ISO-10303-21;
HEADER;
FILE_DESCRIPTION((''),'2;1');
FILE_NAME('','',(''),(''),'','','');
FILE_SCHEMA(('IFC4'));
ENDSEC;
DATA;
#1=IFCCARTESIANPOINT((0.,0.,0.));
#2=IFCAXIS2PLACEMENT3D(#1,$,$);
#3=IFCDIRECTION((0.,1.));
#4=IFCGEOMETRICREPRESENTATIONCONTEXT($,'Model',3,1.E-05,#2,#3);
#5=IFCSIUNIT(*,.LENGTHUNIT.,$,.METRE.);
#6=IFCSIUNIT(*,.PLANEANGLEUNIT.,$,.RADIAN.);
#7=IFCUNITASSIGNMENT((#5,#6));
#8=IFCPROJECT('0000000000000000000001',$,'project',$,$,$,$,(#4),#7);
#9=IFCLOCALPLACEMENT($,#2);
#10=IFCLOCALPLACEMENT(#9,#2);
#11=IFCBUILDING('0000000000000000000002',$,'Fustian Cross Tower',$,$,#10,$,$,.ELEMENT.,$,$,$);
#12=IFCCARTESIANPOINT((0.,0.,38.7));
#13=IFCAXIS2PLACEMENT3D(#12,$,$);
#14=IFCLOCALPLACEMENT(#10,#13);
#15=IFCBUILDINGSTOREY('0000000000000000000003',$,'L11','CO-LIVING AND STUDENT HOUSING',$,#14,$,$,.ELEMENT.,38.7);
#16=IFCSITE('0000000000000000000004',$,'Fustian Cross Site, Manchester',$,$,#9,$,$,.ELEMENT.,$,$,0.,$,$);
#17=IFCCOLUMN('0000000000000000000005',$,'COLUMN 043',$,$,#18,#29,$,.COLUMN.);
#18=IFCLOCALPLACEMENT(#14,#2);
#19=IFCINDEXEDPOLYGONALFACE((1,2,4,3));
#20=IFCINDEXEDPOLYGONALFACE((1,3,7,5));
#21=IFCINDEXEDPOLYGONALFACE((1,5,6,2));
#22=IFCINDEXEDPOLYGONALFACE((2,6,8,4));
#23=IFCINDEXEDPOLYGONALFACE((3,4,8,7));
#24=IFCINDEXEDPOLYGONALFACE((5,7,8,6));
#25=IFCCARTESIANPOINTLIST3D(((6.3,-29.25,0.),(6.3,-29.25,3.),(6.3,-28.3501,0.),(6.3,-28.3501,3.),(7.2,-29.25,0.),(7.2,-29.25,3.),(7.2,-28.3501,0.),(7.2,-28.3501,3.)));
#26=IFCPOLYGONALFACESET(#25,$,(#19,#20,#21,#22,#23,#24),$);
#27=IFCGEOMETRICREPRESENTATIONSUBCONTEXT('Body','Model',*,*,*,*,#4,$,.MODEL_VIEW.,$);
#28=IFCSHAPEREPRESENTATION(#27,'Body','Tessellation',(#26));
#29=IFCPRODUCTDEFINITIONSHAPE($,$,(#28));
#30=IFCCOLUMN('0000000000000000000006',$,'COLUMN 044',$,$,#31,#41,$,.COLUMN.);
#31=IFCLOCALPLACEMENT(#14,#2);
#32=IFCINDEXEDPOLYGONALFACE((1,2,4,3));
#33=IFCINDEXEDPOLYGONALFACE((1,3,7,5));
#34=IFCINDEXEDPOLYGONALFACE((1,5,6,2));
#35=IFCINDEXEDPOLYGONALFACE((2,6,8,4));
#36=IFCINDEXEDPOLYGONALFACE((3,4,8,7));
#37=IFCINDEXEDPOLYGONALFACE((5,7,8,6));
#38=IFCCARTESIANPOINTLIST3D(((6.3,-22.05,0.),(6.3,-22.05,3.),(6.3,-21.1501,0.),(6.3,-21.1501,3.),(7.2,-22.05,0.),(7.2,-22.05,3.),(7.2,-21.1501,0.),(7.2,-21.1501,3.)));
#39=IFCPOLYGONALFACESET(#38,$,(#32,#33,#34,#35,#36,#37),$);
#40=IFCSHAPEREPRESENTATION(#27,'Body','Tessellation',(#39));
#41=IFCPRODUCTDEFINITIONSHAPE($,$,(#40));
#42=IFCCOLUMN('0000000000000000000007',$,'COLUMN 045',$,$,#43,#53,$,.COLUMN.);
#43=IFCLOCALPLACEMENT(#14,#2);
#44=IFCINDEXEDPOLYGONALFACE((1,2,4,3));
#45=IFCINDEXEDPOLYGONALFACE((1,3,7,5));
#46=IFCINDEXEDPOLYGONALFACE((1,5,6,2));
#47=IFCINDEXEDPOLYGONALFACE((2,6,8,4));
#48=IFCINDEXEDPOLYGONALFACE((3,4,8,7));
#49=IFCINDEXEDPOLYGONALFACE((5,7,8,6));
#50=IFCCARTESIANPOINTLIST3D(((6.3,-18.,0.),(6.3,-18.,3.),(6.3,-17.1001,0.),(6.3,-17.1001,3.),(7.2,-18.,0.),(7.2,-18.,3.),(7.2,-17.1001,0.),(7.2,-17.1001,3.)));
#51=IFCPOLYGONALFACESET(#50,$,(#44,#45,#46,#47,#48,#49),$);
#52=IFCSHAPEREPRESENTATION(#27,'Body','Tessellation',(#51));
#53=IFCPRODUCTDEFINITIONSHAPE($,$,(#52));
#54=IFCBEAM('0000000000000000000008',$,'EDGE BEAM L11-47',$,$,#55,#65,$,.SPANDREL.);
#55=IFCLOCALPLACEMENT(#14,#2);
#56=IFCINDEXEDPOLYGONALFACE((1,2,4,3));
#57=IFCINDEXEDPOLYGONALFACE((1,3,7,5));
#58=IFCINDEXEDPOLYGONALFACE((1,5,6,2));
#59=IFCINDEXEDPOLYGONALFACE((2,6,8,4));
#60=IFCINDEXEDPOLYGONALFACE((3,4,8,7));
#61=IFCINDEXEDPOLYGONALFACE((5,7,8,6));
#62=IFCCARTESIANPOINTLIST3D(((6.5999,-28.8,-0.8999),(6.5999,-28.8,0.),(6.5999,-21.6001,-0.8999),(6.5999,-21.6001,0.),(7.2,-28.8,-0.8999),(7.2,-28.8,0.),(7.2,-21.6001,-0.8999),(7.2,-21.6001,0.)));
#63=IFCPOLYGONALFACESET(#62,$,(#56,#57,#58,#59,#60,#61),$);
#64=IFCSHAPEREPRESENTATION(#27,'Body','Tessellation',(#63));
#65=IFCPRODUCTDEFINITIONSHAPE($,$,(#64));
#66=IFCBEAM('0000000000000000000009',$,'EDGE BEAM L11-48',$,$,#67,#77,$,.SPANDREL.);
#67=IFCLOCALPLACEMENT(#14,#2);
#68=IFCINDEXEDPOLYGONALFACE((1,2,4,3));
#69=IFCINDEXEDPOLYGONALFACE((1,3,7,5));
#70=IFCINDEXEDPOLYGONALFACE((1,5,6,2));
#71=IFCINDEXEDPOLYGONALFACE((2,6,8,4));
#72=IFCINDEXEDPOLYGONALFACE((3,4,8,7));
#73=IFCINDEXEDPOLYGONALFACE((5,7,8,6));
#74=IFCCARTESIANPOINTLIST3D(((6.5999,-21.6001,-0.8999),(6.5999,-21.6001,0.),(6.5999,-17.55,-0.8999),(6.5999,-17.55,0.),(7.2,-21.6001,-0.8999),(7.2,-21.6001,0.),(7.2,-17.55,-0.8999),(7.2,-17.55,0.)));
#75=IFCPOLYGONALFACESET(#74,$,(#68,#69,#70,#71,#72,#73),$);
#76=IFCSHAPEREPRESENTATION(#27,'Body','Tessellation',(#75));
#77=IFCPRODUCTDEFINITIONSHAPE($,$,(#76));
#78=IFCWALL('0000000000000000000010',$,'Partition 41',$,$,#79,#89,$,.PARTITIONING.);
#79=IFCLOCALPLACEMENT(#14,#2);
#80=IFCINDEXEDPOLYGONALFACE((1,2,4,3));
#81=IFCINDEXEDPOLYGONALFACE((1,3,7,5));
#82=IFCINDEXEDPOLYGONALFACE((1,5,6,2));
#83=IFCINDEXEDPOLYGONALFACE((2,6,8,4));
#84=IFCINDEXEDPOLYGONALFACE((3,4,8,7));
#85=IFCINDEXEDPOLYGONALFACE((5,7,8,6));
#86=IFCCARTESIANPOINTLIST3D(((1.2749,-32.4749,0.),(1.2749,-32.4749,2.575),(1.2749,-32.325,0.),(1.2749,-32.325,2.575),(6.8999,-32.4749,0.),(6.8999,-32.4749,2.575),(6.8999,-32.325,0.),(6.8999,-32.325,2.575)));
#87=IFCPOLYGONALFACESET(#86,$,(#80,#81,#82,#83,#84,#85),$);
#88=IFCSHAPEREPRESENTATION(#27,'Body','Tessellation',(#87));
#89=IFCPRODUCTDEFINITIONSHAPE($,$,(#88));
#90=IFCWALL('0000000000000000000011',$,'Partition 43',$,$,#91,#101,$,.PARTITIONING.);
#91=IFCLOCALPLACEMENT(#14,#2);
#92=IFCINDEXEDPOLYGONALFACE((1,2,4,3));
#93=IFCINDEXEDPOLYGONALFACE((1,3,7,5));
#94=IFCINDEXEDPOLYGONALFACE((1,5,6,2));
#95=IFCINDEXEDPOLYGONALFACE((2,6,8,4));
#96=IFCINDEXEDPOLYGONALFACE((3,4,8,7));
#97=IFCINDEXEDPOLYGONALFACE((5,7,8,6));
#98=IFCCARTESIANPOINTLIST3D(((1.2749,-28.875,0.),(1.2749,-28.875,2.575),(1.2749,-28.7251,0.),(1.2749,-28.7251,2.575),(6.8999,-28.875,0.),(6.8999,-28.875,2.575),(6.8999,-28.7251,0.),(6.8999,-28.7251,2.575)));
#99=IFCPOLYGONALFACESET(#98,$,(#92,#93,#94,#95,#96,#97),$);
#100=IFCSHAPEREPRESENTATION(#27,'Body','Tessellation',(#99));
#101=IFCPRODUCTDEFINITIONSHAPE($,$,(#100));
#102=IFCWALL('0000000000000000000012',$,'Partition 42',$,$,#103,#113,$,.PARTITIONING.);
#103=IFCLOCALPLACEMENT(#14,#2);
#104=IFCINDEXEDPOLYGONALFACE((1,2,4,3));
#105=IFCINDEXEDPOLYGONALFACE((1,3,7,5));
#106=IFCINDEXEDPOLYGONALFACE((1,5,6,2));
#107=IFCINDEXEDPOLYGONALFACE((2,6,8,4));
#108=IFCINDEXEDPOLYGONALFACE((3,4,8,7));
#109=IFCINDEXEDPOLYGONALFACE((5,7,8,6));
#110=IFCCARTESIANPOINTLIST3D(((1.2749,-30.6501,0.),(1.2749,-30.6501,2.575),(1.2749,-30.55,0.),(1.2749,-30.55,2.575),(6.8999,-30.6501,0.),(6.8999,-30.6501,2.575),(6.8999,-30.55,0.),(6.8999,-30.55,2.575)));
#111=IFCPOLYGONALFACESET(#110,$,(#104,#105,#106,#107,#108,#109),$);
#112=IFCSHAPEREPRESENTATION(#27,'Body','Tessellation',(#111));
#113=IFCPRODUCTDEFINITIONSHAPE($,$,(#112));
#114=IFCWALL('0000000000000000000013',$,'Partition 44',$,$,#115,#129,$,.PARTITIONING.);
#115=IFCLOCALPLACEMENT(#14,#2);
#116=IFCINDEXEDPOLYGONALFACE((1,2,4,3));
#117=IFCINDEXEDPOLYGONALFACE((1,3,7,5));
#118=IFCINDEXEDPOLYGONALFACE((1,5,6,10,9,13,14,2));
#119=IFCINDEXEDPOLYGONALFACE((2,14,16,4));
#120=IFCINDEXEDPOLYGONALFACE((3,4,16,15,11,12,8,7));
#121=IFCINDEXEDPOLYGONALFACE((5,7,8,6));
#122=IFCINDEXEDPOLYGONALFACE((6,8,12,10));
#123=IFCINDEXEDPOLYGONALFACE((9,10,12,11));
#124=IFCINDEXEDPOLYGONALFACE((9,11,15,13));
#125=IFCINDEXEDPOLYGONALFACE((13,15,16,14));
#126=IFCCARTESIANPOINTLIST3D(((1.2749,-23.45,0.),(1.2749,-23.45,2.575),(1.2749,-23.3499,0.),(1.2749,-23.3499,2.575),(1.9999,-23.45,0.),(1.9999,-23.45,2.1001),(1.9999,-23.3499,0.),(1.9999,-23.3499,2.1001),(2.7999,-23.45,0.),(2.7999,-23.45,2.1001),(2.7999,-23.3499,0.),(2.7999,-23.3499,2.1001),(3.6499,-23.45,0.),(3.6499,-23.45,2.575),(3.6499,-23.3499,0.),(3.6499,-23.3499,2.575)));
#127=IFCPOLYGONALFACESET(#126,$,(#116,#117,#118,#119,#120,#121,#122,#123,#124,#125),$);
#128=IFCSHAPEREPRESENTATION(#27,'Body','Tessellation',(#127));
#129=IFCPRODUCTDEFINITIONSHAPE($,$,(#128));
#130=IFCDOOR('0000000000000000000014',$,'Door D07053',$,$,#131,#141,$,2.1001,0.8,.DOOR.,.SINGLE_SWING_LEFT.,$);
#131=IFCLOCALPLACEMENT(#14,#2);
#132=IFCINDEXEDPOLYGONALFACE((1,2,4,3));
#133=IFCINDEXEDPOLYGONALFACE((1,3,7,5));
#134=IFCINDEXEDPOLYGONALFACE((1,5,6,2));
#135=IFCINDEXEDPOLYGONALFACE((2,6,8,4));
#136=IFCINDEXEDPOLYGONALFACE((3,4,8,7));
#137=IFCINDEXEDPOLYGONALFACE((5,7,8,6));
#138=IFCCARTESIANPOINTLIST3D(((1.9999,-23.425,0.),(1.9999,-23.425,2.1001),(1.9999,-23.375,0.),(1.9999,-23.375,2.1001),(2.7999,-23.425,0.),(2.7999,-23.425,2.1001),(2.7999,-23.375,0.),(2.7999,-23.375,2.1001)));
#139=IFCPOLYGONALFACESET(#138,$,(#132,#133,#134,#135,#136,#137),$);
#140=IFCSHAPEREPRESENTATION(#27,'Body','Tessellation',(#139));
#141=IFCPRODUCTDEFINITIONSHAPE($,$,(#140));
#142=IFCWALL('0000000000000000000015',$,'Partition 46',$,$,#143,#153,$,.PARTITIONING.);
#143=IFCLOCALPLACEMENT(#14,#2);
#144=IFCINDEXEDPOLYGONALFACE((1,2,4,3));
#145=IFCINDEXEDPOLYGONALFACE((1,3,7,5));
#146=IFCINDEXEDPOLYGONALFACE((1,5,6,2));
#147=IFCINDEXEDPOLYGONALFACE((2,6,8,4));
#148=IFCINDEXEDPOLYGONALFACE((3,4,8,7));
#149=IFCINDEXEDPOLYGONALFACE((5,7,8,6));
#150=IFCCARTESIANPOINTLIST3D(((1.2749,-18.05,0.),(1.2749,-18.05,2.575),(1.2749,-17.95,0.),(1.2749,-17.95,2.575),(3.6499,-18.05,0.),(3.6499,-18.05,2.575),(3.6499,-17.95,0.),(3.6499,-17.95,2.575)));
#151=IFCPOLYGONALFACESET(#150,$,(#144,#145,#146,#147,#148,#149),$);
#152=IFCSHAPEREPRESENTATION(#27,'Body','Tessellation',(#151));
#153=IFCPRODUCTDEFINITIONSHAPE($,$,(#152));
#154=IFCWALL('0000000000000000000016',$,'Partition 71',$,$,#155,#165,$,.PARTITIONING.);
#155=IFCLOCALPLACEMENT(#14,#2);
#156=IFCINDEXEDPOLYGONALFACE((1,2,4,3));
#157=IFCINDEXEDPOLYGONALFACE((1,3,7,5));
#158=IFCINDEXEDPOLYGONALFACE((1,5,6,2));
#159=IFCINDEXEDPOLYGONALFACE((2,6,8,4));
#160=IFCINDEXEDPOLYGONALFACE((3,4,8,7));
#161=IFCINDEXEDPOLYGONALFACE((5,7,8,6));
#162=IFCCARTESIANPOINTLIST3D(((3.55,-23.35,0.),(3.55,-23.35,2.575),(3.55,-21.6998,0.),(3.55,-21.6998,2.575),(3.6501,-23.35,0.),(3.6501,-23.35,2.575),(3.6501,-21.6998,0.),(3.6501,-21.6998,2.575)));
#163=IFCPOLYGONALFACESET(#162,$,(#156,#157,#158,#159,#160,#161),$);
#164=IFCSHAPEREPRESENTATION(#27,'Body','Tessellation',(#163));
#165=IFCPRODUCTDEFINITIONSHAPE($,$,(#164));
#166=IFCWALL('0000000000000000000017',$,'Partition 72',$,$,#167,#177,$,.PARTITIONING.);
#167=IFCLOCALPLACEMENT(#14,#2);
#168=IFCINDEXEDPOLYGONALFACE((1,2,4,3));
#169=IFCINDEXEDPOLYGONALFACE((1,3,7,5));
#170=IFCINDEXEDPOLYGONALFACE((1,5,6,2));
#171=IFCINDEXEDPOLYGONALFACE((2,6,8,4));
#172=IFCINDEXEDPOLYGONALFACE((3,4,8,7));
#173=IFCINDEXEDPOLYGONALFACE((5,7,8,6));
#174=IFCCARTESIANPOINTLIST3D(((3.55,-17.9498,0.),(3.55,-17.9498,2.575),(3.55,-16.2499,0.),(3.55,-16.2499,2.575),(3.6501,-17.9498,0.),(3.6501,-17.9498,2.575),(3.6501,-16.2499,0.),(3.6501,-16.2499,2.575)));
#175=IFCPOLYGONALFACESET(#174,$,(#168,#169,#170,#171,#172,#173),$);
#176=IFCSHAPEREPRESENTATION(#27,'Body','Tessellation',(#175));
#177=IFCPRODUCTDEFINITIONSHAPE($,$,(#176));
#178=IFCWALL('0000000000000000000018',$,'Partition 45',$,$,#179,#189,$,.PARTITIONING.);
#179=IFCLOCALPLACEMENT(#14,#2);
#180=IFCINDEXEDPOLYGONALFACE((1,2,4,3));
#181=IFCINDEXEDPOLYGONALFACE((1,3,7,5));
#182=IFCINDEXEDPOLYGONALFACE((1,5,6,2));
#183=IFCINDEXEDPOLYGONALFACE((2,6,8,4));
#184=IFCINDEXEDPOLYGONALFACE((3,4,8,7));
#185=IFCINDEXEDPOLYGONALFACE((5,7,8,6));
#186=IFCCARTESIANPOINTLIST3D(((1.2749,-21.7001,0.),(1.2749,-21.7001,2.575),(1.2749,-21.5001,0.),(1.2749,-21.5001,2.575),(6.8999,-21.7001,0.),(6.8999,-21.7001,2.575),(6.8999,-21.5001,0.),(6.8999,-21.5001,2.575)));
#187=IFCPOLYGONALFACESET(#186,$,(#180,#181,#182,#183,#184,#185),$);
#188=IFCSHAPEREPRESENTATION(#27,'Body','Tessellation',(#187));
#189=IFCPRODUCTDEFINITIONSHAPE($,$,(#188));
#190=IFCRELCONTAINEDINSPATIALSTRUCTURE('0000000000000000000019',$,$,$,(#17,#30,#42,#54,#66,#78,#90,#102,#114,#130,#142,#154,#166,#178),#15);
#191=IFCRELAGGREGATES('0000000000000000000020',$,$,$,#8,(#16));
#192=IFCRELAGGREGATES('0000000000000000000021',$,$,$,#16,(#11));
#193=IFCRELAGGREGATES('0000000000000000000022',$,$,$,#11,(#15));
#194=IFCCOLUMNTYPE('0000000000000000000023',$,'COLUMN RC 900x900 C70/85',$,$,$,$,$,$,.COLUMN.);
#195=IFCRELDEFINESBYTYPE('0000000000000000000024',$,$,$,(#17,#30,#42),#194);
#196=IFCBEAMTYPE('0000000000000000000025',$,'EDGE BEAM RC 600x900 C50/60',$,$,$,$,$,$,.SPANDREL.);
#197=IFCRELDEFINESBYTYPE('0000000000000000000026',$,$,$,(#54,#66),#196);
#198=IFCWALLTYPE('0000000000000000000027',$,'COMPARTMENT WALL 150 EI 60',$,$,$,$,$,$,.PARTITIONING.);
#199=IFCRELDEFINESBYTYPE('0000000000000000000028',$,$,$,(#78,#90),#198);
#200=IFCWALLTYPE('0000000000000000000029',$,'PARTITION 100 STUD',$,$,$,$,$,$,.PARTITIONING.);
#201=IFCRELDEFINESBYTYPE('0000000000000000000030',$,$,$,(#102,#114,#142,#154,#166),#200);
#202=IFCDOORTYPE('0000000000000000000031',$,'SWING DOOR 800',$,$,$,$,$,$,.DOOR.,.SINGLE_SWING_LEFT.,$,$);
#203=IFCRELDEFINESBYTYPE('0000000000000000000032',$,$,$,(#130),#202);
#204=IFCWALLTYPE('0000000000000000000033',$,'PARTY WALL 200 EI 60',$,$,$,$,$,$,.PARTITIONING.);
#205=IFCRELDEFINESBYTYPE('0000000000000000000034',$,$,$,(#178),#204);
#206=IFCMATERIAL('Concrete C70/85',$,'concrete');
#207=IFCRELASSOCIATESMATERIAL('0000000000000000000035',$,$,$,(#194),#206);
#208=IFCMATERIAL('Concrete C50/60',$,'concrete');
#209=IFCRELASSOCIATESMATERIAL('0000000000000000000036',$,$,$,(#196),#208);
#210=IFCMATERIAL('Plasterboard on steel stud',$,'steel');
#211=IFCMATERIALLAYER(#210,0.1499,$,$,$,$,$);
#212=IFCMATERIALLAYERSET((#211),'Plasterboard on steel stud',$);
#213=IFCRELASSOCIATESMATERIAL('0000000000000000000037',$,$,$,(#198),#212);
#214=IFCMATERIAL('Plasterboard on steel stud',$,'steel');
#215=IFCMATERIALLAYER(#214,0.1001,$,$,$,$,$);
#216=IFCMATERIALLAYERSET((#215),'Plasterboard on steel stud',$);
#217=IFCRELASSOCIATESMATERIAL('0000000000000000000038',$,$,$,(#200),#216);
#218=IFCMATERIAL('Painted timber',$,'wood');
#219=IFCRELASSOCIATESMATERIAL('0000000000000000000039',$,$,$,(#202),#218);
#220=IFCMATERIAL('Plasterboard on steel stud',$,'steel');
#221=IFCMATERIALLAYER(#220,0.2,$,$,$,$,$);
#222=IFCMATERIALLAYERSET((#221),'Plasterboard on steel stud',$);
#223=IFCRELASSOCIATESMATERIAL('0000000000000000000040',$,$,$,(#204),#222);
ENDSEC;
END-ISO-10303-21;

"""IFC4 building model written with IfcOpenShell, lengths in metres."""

from ifc_helpers import new_model, si_unit, direction, frame, frame_2d, origin, origin_2d, place, context, subcontext, project, spatial, rectangle, extrude, material, layer, layer_set, material_profile, profile_set, type_object, element, fill, save


model = new_model("IFC4")

# Units and contexts
model_context = context("Model", 3, precision=1e-05, world=origin(), true_north=direction((0.0, 1.0)))
body_context = subcontext(model_context, "Body", "Model", "MODEL_VIEW")
ifc_project = project(units=[si_unit("LENGTHUNIT", "METRE"), si_unit("PLANEANGLEUNIT", "RADIAN")], contexts=[model_context])

# Site, building, storey
site_placement = place(None, origin())
site = spatial("IfcSite", under=ifc_project, at=site_placement, Name="Fustian Cross Site, Manchester", CompositionType="ELEMENT", RefElevation=0.0)
building_placement = place(site_placement, origin())
building = spatial("IfcBuilding", under=site, at=building_placement, Name="Fustian Cross Tower", CompositionType="ELEMENT")
storey_placement = place(building_placement, frame((0.0, 0.0, 38.7)))
storey = spatial("IfcBuildingStorey", under=building, at=storey_placement, Name="L11", Description="CO-LIVING AND STUDENT HOUSING", CompositionType="ELEMENT", Elevation=38.7)

# Columns
ifc_material_1 = material(Name="Concrete C70/85", Category="concrete")
ifc_material_profile_1 = material_profile(ifc_material_1, rectangle(XDim=0.8999, YDim=0.8999, at=origin_2d()), Name="RC 900x900")
ifc_profile_set_1 = profile_set([ifc_material_profile_1], Name="Concrete C70/85")
column_type = type_object("IfcColumnType", Name="COLUMN RC 900x900 C70/85", PredefinedType="COLUMN", material=ifc_profile_set_1)
for number, where, z_axis, x_axis, name in (
    (1, (6.75, -28.8, 0.0), (0.0, 0.0, 1.0), (1.0, 0.0, 0.0), "COLUMN 043"),
    (2, (6.75, -21.6001, 0.0), (0.0, 0.0, 1.0), (1.0, 0.0, 0.0), "COLUMN 044"),
    (3, (6.75, -17.55, 0.0), (0.0, 0.0, 1.0), (1.0, 0.0, 0.0), "COLUMN 045"),
):
    element("IfcColumn", number, at=place(storey_placement, frame(where, z_axis=z_axis, x_axis=x_axis)), inside=storey, type_object=column_type, Name=name, PredefinedType="COLUMN", context=body_context, shape_type="SweptSolid", body=[
        extrude(rectangle(XDim=0.8999, YDim=0.8999, at=origin_2d()), origin(), (0.0, 0.0, 1.0), 3.0),
    ])

# Beams
ifc_material_2 = material(Name="Concrete C50/60", Category="concrete")
ifc_material_profile_2 = material_profile(ifc_material_2, rectangle(XDim=0.6001, YDim=0.8999, at=origin_2d()), Name="RC 600x900")
ifc_profile_set_2 = profile_set([ifc_material_profile_2], Name="Concrete C50/60")
beam_type = type_object("IfcBeamType", Name="EDGE BEAM RC 600x900 C50/60", PredefinedType="SPANDREL", material=ifc_profile_set_2)
beam_1_placement = place(storey_placement, frame((6.8999, -28.8, -0.45), z_axis=(0.0, 1.0, 0.0), x_axis=(-1.0, 0.0, 0.0)))
element("IfcBeam", 4, at=beam_1_placement, inside=storey, type_object=beam_type, Name="EDGE BEAM L11-47", PredefinedType="SPANDREL", context=body_context, shape_type="SweptSolid", body=[
    extrude(rectangle(XDim=0.6001, YDim=0.8999, at=origin_2d()), origin(), (0.0, 0.0, 1.0), 7.2),
])
beam_2_placement = place(storey_placement, frame((6.8999, -21.6001, -0.45), z_axis=(0.0, 1.0, 0.0), x_axis=(-1.0, 0.0, 0.0)))
element("IfcBeam", 5, at=beam_2_placement, inside=storey, type_object=beam_type, Name="EDGE BEAM L11-48", PredefinedType="SPANDREL", context=body_context, shape_type="SweptSolid", body=[
    extrude(rectangle(XDim=0.6001, YDim=0.8999, at=origin_2d()), origin(), (0.0, 0.0, 1.0), 4.05),
])

# Walls
ifc_material_3 = material(Name="Plasterboard on steel stud", Category="steel")
ifc_layer_1 = layer(ifc_material_3, 0.1499)
ifc_layer_set_1 = layer_set([ifc_layer_1], Name="Plasterboard on steel stud")
wall_type_1 = type_object("IfcWallType", Name="COMPARTMENT WALL 150 EI 60", PredefinedType="PARTITIONING", material=ifc_layer_set_1)
for number, where, z_axis, x_axis, name in (
    (6, (1.2749, -32.3999, 0.0), (0.0, 0.0, 1.0), (1.0, 0.0, 0.0), "Partition 41"),
    (7, (1.2749, -28.8, 0.0), (0.0, 0.0, 1.0), (1.0, 0.0, 0.0), "Partition 43"),
):
    element("IfcWall", number, at=place(storey_placement, frame(where, z_axis=z_axis, x_axis=x_axis)), inside=storey, type_object=wall_type_1, Name=name, PredefinedType="PARTITIONING", context=body_context, shape_type="SweptSolid", body=[
        extrude(rectangle(XDim=5.625, YDim=0.1499, at=frame_2d((2.8125, 0.0))), origin(), (0.0, 0.0, 1.0), 2.575),
    ])
ifc_material_4 = material(Name="Plasterboard on steel stud", Category="steel")
ifc_layer_2 = layer(ifc_material_4, 0.1001)
ifc_layer_set_2 = layer_set([ifc_layer_2], Name="Plasterboard on steel stud")
wall_type_2 = type_object("IfcWallType", Name="PARTITION 100 STUD", PredefinedType="PARTITIONING", material=ifc_layer_set_2)
wall_1_placement = place(storey_placement, frame((1.2749, -30.6001, 0.0), z_axis=(0.0, 0.0, 1.0), x_axis=(1.0, 0.0, 0.0)))
element("IfcWall", 8, at=wall_1_placement, inside=storey, type_object=wall_type_2, Name="Partition 42", PredefinedType="PARTITIONING", context=body_context, shape_type="SweptSolid", body=[
    extrude(rectangle(XDim=5.625, YDim=0.1001, at=frame_2d((2.8125, 0.0))), origin(), (0.0, 0.0, 1.0), 2.575),
])

# Wall, opening, door
wall_2_placement = place(storey_placement, frame((1.2749, -23.3999, 0.0), z_axis=(0.0, 0.0, 1.0), x_axis=(1.0, 0.0, 0.0)))
wall_2 = element("IfcWall", 9, at=wall_2_placement, inside=storey, type_object=wall_type_2, Name="Partition 44", PredefinedType="PARTITIONING", context=body_context, shape_type="SweptSolid", body=[
    extrude(rectangle(XDim=2.375, YDim=0.1001, at=frame_2d((1.1875, 0.0))), origin(), (0.0, 0.0, 1.0), 2.575),
])
opening_placement = place(wall_2_placement, frame((0.7251, 0.0, 0.0)))
opening = element("IfcOpeningElement", 10, at=opening_placement, cuts=wall_2, PredefinedType="OPENING", context=body_context, shape_type="SweptSolid", body=[
    extrude(rectangle(XDim=0.8, YDim=2.1001, at=frame_2d((0.3999, 1.05))), frame((0.0, 0.0601, 0.0), z_axis=(0.0, -1.0, 0.0), x_axis=(1.0, 0.0, 0.0)), (0.0, 0.0, 1.0), 0.1201),
])
ifc_material_5 = material(Name="Painted timber", Category="wood")
door_type = type_object("IfcDoorType", Name="SWING DOOR 800", OperationType="SINGLE_SWING_LEFT", PredefinedType="DOOR", material=ifc_material_5)
door_placement = place(opening_placement, origin())
door = element("IfcDoor", 11, at=door_placement, inside=storey, type_object=door_type, Name="Door D07053", OperationType="SINGLE_SWING_LEFT", OverallHeight=2.1001, OverallWidth=0.8, PredefinedType="DOOR", context=body_context, shape_type="SweptSolid", body=[
    extrude(rectangle(XDim=0.8, YDim=2.1001, at=frame_2d((0.3999, 1.05))), frame((0.0, 0.0249, 0.0), z_axis=(0.0, -1.0, 0.0), x_axis=(1.0, 0.0, 0.0)), (0.0, 0.0, 1.0), 0.05),
])
fill(opening, door)

# Walls
wall_3_placement = place(storey_placement, frame((1.2749, -18.0, 0.0), z_axis=(0.0, 0.0, 1.0), x_axis=(1.0, 0.0, 0.0)))
element("IfcWall", 12, at=wall_3_placement, inside=storey, type_object=wall_type_2, Name="Partition 46", PredefinedType="PARTITIONING", context=body_context, shape_type="SweptSolid", body=[
    extrude(rectangle(XDim=2.375, YDim=0.1001, at=frame_2d((1.1875, 0.0))), origin(), (0.0, 0.0, 1.0), 2.575),
])
wall_4_placement = place(storey_placement, frame((3.6001, -23.3501, 0.0), z_axis=(0.0, 0.0, 1.0), x_axis=(0.0, 1.0, 0.0)))
element("IfcWall", 13, at=wall_4_placement, inside=storey, type_object=wall_type_2, Name="Partition 71", PredefinedType="PARTITIONING", context=body_context, shape_type="SweptSolid", body=[
    extrude(rectangle(XDim=1.6501, YDim=0.1001, at=frame_2d((0.8252, 0.0))), origin(), (0.0, 0.0, 1.0), 2.575),
])
wall_5_placement = place(storey_placement, frame((3.6001, -17.95, 0.0), z_axis=(0.0, 0.0, 1.0), x_axis=(0.0, 1.0, 0.0)))
element("IfcWall", 14, at=wall_5_placement, inside=storey, type_object=wall_type_2, Name="Partition 72", PredefinedType="PARTITIONING", context=body_context, shape_type="SweptSolid", body=[
    extrude(rectangle(XDim=1.7, YDim=0.1001, at=frame_2d((0.8501, 0.0))), origin(), (0.0, 0.0, 1.0), 2.575),
])
ifc_material_6 = material(Name="Plasterboard on steel stud", Category="steel")
ifc_layer_3 = layer(ifc_material_6, 0.2)
ifc_layer_set_3 = layer_set([ifc_layer_3], Name="Plasterboard on steel stud")
wall_type_3 = type_object("IfcWallType", Name="PARTY WALL 200 EI 60", PredefinedType="PARTITIONING", material=ifc_layer_set_3)
wall_6_placement = place(storey_placement, frame((1.2749, -21.6001, 0.0), z_axis=(0.0, 0.0, 1.0), x_axis=(1.0, 0.0, 0.0)))
element("IfcWall", 15, at=wall_6_placement, inside=storey, type_object=wall_type_3, Name="Partition 45", PredefinedType="PARTITIONING", context=body_context, shape_type="SweptSolid", body=[
    extrude(rectangle(XDim=5.625, YDim=0.2, at=frame_2d((2.8125, 0.0))), origin(), (0.0, 0.0, 1.0), 2.575),
])

save(model, "model.ifc")
